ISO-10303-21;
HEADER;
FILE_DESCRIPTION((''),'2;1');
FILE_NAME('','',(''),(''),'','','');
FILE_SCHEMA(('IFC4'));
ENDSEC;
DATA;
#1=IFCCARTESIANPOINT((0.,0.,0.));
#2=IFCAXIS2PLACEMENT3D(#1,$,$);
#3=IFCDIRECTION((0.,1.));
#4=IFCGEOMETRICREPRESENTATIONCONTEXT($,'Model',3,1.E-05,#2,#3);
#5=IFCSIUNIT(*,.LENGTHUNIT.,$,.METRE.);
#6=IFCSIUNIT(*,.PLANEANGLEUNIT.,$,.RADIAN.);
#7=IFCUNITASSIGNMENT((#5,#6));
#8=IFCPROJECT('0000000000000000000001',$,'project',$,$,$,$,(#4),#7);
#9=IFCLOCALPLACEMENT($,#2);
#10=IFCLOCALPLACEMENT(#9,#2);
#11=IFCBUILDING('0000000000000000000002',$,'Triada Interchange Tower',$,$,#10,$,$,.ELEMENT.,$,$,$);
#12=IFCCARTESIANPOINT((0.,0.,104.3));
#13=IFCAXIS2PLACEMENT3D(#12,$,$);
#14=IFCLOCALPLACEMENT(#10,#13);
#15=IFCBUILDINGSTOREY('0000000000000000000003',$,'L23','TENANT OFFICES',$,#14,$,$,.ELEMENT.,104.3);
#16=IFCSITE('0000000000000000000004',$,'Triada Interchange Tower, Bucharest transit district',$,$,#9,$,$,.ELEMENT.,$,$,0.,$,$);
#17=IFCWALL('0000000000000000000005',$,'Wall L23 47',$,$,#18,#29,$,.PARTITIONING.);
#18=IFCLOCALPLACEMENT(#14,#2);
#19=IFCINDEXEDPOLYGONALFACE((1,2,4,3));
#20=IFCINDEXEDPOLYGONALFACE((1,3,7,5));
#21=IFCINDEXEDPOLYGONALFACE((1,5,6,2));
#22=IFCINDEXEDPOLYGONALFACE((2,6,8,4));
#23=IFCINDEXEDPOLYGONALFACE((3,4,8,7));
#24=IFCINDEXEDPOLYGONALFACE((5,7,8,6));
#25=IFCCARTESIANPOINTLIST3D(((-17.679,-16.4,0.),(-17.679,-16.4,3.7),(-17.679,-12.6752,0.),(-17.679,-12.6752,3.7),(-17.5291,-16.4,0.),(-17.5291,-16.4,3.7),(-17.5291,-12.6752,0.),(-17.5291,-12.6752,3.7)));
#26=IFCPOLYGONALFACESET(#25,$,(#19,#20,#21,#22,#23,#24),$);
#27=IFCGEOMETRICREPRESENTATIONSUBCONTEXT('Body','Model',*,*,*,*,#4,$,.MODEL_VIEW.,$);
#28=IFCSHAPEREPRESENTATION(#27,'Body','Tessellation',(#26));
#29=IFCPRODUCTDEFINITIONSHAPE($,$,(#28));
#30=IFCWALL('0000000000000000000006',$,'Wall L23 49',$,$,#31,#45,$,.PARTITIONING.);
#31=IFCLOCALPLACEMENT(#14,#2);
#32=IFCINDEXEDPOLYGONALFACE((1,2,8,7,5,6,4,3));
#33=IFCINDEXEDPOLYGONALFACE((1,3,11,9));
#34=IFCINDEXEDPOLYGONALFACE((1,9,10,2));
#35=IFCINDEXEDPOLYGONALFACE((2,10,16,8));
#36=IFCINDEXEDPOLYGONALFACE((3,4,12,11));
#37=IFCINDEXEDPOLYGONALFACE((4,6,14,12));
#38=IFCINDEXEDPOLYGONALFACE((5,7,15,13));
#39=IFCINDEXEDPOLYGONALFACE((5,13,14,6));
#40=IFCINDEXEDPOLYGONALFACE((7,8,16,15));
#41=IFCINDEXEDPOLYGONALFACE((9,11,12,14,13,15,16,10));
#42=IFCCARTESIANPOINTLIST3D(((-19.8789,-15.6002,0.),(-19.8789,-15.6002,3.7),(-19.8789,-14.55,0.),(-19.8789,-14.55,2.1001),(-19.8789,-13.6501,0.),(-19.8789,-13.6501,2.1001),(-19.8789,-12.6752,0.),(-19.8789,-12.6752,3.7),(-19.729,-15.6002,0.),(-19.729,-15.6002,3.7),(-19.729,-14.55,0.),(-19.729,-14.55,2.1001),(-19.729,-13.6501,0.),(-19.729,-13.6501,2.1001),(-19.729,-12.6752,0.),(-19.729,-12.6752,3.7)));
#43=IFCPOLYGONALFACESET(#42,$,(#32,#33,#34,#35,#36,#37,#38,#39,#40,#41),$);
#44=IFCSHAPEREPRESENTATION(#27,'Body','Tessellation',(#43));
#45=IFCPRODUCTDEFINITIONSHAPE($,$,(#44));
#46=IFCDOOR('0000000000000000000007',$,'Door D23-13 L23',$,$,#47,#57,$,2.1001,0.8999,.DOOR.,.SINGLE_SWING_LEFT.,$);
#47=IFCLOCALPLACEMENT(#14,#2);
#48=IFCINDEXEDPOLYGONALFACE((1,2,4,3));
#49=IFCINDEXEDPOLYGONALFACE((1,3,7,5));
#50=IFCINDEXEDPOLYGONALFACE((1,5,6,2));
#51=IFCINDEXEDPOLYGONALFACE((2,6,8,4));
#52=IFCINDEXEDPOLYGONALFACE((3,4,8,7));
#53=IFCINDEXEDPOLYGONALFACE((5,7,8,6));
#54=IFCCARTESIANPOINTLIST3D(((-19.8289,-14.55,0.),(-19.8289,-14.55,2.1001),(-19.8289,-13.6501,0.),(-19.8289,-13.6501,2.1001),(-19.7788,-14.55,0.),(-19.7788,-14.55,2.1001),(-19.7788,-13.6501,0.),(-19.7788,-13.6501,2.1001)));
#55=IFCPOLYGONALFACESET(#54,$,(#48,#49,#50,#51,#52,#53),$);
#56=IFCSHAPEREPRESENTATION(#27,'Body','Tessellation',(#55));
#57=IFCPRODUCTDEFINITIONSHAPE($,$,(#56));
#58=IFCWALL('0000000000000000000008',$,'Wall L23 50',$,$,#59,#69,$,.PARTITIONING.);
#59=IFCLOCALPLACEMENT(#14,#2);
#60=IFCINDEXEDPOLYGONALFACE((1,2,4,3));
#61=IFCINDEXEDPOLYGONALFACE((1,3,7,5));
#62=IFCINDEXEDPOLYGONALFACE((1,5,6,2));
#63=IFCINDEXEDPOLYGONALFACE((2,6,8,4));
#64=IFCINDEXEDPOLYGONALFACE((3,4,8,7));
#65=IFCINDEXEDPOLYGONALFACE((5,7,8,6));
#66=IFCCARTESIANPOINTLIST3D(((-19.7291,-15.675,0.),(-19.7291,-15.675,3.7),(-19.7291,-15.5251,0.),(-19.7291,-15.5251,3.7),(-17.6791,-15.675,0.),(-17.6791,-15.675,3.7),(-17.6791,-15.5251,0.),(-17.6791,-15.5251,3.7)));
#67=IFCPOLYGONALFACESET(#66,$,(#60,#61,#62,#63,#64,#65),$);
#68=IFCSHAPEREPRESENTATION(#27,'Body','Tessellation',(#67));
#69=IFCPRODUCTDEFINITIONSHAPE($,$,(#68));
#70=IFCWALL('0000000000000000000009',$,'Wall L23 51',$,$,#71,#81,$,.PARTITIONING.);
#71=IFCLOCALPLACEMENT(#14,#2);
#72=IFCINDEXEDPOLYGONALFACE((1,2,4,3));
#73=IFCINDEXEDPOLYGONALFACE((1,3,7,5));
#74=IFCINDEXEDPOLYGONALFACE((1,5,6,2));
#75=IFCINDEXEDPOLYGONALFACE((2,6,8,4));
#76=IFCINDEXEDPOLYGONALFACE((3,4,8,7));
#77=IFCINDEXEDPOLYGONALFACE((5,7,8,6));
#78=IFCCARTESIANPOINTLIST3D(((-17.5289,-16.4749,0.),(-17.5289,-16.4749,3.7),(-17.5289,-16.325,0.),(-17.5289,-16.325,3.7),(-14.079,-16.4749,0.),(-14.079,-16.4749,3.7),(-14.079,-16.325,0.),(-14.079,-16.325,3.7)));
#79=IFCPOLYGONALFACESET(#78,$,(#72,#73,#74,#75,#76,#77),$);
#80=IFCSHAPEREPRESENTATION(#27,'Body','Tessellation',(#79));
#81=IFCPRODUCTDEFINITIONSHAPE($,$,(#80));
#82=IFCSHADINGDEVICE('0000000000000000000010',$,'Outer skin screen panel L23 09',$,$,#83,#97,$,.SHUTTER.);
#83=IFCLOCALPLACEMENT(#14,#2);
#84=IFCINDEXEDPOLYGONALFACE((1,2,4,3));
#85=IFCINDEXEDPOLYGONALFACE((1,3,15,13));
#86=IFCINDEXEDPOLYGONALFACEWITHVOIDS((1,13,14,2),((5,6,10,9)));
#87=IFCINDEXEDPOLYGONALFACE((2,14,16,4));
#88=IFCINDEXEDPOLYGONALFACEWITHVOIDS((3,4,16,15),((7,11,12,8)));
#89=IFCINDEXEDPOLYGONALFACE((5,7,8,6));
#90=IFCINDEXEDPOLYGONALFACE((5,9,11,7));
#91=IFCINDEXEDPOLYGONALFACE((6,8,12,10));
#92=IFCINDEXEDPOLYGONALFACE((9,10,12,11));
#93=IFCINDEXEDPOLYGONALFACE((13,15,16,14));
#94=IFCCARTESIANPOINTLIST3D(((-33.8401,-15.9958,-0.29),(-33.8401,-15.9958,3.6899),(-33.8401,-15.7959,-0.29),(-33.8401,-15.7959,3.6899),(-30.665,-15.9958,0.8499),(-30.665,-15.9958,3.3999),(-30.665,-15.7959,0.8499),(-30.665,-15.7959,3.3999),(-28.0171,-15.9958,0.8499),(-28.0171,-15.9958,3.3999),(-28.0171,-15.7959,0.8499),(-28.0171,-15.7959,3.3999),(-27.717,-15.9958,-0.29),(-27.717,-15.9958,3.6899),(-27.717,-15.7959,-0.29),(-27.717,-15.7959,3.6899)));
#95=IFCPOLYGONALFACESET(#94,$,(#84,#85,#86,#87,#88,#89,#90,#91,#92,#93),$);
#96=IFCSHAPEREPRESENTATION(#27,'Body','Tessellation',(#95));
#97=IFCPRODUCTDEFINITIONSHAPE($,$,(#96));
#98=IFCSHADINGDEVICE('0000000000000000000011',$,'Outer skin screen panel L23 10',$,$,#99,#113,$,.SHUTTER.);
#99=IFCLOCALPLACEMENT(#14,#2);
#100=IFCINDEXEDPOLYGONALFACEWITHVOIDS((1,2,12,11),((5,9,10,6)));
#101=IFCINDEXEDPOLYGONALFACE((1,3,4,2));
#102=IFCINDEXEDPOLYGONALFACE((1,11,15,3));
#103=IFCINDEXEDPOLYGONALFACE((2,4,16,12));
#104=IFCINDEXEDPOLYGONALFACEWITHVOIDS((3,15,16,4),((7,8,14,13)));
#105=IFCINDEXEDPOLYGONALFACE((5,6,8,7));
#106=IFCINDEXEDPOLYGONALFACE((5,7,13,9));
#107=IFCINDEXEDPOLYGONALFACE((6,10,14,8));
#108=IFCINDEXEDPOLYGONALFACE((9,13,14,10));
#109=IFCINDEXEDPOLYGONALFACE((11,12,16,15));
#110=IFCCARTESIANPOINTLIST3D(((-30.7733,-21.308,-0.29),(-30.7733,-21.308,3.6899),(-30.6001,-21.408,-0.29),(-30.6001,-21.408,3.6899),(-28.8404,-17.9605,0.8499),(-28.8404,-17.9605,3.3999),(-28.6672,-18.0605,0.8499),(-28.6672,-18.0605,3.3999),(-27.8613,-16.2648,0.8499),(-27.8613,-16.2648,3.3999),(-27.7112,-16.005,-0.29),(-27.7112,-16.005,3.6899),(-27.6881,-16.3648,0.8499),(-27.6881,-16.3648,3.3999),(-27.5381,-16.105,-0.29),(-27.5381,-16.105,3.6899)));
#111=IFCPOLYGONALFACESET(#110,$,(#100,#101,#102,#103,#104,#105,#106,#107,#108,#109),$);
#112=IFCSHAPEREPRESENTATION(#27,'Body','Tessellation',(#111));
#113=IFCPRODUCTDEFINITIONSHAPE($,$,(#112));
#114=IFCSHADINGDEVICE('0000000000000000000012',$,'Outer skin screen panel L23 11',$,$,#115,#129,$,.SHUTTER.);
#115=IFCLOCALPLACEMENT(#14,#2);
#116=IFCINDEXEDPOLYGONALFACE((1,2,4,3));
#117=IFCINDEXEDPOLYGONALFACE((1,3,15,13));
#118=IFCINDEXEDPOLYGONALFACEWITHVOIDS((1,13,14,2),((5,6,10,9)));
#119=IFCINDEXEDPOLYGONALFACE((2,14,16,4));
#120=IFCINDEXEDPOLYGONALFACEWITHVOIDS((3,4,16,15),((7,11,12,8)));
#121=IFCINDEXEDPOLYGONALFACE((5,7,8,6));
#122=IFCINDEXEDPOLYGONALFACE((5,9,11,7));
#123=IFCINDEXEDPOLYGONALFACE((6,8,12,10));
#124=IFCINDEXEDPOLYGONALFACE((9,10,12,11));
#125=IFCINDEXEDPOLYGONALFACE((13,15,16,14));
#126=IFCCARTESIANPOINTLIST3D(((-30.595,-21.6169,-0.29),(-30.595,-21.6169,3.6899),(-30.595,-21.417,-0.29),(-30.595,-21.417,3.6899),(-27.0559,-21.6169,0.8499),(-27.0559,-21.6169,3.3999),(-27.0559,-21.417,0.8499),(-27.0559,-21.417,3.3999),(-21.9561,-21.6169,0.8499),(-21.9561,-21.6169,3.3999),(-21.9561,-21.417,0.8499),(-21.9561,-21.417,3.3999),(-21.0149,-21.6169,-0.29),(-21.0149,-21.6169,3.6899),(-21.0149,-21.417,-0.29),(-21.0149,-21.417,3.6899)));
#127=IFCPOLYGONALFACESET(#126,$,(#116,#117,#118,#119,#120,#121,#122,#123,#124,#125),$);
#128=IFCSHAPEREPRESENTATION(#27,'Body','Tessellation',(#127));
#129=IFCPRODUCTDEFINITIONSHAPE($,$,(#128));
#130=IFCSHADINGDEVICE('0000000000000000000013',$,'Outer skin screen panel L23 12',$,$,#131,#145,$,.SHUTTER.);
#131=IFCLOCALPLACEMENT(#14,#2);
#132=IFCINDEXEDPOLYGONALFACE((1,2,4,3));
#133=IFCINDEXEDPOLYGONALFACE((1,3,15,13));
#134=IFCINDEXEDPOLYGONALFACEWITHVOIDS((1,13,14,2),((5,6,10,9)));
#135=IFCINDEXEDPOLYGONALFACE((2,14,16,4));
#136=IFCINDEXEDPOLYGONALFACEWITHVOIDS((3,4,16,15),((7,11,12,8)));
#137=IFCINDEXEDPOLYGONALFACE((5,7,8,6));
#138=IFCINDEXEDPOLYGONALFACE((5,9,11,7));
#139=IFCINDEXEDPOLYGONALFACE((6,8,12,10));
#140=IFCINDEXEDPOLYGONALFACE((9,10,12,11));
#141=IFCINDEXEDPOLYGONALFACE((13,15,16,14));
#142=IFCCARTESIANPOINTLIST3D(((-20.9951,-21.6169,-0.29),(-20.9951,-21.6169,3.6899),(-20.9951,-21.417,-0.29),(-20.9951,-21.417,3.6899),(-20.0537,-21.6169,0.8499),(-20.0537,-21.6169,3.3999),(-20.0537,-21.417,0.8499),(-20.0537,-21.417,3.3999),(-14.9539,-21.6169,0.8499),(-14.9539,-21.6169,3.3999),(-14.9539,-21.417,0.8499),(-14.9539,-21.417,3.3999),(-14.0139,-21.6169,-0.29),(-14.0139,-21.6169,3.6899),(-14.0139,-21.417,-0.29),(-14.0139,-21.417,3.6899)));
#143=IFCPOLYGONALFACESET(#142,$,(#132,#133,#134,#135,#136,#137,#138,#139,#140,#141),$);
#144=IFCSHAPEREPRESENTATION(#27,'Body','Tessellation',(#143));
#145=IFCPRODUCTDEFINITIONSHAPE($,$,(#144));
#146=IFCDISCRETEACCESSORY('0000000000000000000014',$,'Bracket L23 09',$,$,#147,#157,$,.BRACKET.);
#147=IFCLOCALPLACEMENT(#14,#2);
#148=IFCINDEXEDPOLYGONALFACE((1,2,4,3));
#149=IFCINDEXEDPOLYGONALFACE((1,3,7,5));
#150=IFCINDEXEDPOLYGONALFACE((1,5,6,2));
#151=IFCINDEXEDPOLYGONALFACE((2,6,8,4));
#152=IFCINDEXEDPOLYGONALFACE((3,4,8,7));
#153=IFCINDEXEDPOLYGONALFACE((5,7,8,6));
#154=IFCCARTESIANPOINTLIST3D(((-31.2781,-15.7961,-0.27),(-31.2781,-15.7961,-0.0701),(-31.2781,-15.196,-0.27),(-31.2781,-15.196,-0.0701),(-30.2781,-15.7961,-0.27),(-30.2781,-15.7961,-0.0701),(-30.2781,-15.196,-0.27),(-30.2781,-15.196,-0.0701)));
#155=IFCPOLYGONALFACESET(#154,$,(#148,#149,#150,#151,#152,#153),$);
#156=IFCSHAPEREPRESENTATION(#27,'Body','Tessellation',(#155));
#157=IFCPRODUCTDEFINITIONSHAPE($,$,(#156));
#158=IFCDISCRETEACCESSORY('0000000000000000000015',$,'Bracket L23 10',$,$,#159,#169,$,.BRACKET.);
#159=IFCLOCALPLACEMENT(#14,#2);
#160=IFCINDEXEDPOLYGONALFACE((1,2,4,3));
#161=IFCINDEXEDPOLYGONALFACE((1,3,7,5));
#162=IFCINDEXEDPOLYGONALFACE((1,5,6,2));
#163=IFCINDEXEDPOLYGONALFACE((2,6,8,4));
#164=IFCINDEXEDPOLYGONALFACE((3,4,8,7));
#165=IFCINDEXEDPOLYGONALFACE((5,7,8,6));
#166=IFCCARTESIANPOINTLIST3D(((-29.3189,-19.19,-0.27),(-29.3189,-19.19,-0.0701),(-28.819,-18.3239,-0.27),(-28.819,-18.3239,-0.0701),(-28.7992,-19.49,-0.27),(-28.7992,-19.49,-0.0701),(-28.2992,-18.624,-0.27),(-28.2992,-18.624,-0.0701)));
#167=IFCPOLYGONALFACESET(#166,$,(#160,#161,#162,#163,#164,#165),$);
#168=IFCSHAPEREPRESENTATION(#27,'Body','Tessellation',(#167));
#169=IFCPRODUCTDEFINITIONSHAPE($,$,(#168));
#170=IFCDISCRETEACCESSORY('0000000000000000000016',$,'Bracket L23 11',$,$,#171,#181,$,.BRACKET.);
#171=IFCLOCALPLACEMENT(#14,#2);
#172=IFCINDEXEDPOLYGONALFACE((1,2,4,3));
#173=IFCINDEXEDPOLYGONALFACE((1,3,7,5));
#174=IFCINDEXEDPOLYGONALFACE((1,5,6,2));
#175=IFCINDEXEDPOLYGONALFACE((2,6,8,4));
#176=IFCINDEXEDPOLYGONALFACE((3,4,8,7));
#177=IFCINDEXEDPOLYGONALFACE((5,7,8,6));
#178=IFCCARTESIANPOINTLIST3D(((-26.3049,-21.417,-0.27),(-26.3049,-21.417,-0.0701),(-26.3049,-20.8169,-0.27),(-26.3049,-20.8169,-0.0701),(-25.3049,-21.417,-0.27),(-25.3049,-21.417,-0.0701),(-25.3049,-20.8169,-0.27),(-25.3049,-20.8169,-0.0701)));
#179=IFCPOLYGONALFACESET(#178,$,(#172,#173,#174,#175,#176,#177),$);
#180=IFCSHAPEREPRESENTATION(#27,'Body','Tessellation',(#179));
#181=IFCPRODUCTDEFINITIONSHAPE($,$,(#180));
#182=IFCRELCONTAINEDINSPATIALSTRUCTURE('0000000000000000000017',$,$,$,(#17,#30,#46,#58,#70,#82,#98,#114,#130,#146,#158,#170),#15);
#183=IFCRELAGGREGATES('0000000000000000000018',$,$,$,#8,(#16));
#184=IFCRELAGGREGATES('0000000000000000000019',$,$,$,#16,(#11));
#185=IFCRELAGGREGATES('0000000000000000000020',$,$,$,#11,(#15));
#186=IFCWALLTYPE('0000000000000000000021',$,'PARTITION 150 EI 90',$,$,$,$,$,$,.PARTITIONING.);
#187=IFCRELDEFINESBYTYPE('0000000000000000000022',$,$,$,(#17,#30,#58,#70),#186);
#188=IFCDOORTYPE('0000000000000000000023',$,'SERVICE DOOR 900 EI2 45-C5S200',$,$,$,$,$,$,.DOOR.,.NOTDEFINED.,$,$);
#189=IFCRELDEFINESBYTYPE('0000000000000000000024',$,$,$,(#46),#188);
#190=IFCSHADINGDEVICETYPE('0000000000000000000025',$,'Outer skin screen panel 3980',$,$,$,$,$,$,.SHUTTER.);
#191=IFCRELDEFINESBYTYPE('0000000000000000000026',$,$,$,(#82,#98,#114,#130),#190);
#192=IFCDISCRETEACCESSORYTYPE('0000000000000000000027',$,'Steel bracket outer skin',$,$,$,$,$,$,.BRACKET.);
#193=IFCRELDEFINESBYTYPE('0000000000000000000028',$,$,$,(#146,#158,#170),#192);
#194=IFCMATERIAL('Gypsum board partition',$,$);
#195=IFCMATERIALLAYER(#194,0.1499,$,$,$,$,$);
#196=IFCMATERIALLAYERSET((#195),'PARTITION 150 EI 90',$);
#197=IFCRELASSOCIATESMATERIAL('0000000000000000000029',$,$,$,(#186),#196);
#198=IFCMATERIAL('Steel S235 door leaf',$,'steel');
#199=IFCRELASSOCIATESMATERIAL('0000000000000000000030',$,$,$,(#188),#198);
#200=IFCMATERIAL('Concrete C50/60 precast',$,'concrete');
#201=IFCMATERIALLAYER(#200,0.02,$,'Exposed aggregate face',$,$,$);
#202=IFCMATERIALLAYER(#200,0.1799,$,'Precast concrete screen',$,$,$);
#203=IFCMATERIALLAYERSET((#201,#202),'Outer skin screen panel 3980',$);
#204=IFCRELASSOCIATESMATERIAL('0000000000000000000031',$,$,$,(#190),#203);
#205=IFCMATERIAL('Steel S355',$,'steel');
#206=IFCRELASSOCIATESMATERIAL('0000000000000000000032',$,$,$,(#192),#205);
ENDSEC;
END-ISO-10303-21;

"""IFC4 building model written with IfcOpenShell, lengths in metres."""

from ifc_helpers import new_model, si_unit, direction, frame, frame_2d, origin, origin_2d, place, context, subcontext, project, spatial, polyline, rectangle, outline, extrude, material, layer, layer_set, type_object, element, fill, save


model = new_model("IFC4")

# Units and contexts
model_context = context("Model", 3, precision=1e-05, world=origin(), true_north=direction((0.0, 1.0)))
body_context = subcontext(model_context, "Body", "Model", "MODEL_VIEW")
ifc_project = project(units=[si_unit("LENGTHUNIT", "METRE"), si_unit("PLANEANGLEUNIT", "RADIAN")], contexts=[model_context])

# Site, building, storey
site_placement = place(None, origin())
site = spatial("IfcSite", under=ifc_project, at=site_placement, Name="Triada Interchange Tower, Bucharest transit district", CompositionType="ELEMENT", RefElevation=0.0)
building_placement = place(site_placement, origin())
building = spatial("IfcBuilding", under=site, at=building_placement, Name="Triada Interchange Tower", CompositionType="ELEMENT")
storey_placement = place(building_placement, frame((0.0, 0.0, 104.3)))
storey = spatial("IfcBuildingStorey", under=building, at=storey_placement, Name="L23", Description="TENANT OFFICES", CompositionType="ELEMENT", Elevation=104.3)

# Wall
ifc_material_1 = material(Name="Gypsum board partition")
ifc_layer_1 = layer(ifc_material_1, 0.1499)
ifc_layer_set_1 = layer_set([ifc_layer_1], Name="PARTITION 150 EI 90")
wall_type_1 = type_object("IfcWallType", Name="PARTITION 150 EI 90", PredefinedType="PARTITIONING", material=ifc_layer_set_1)
wall_1_placement = place(storey_placement, frame((-17.604, -16.3999, 0.0), z_axis=(0.0, 0.0, 1.0), x_axis=(0.0, 1.0, 0.0)))
element("IfcWall", 1, at=wall_1_placement, inside=storey, type_object=wall_type_1, Name="Wall L23 47", PredefinedType="PARTITIONING", context=body_context, shape_type="SweptSolid", body=[
    extrude(rectangle(XDim=3.7249, YDim=0.1499, at=frame_2d((1.8623, 0.0))), origin(), (0.0, 0.0, 1.0), 3.7),
])

# Wall, opening, door
wall_2_placement = place(storey_placement, frame((-19.804, -15.6001, 0.0), z_axis=(0.0, 0.0, 1.0), x_axis=(0.0, 1.0, 0.0)))
wall_2 = element("IfcWall", 2, at=wall_2_placement, inside=storey, type_object=wall_type_1, Name="Wall L23 49", PredefinedType="PARTITIONING", context=body_context, shape_type="SweptSolid", body=[
    extrude(rectangle(XDim=2.925, YDim=0.1499, at=frame_2d((1.4624, 0.0))), origin(), (0.0, 0.0, 1.0), 3.7),
])
opening_1_placement = place(wall_2_placement, frame((1.05, 0.0, 0.0)))
opening_1 = element("IfcOpeningElement", 3, at=opening_1_placement, cuts=wall_2, PredefinedType="OPENING", context=body_context, shape_type="SweptSolid", body=[
    extrude(rectangle(XDim=0.8999, YDim=2.1001, at=frame_2d((0.45, 1.05))), frame((0.0, 0.085, 0.0), z_axis=(0.0, -1.0, 0.0), x_axis=(1.0, 0.0, 0.0)), (0.0, 0.0, 1.0), 0.1699),
])
ifc_material_2 = material(Name="Steel S235 door leaf", Category="steel")
door_type = type_object("IfcDoorType", Name="SERVICE DOOR 900 EI2 45-C5S200", OperationType="NOTDEFINED", PredefinedType="DOOR", material=ifc_material_2)
door_placement = place(opening_1_placement, origin())
door = element("IfcDoor", 4, at=door_placement, inside=storey, type_object=door_type, Name="Door D23-13 L23", OperationType="SINGLE_SWING_LEFT", OverallHeight=2.1001, OverallWidth=0.8999, PredefinedType="DOOR", context=body_context, shape_type="SweptSolid", body=[
    extrude(rectangle(XDim=0.8999, YDim=2.1001, at=frame_2d((0.45, 1.05))), frame((0.0, 0.0249, 0.0), z_axis=(0.0, -1.0, 0.0), x_axis=(1.0, 0.0, 0.0)), (0.0, 0.0, 1.0), 0.05),
])
fill(opening_1, door)

# Walls
wall_3_placement = place(storey_placement, frame((-19.729, -15.6001, 0.0), z_axis=(0.0, 0.0, 1.0), x_axis=(1.0, 0.0, 0.0)))
element("IfcWall", 5, at=wall_3_placement, inside=storey, type_object=wall_type_1, Name="Wall L23 50", PredefinedType="PARTITIONING", context=body_context, shape_type="SweptSolid", body=[
    extrude(rectangle(XDim=2.05, YDim=0.1499, at=frame_2d((1.0249, 0.0))), origin(), (0.0, 0.0, 1.0), 3.7),
])
wall_4_placement = place(storey_placement, frame((-17.5291, -16.3999, 0.0), z_axis=(0.0, 0.0, 1.0), x_axis=(1.0, 0.0, 0.0)))
element("IfcWall", 6, at=wall_4_placement, inside=storey, type_object=wall_type_1, Name="Wall L23 51", PredefinedType="PARTITIONING", context=body_context, shape_type="SweptSolid", body=[
    extrude(rectangle(XDim=3.45, YDim=0.1499, at=frame_2d((1.7251, 0.0))), origin(), (0.0, 0.0, 1.0), 3.7),
])

# Shading devices
ifc_material_3 = material(Name="Concrete C50/60 precast", Category="concrete")
ifc_layer_2 = layer(ifc_material_3, 0.02, Name="Exposed aggregate face")
ifc_layer_3 = layer(ifc_material_3, 0.1799, Name="Precast concrete screen")
ifc_layer_set_2 = layer_set([ifc_layer_2, ifc_layer_3], Name="Outer skin screen panel 3980")
shading_device_type = type_object("IfcShadingDeviceType", Name="Outer skin screen panel 3980", PredefinedType="SHUTTER", material=ifc_layer_set_2)
shading_device_1_placement = place(storey_placement, frame((-33.8401, -15.7959, -0.29), z_axis=(0.0, 0.0, 1.0), x_axis=(1.0, 0.0, 0.0)))
element("IfcShadingDevice", 7, at=shading_device_1_placement, inside=storey, type_object=shading_device_type, Name="Outer skin screen panel L23 09", PredefinedType="SHUTTER", context=body_context, shape_type="SweptSolid", body=[
    extrude(outline(polyline([(0.0, 0.0), (6.123, 0.0), (6.123, 3.98), (0.0, 3.98), (0.0, 0.0)]), holes=[polyline([(3.175, 1.1399), (3.175, 3.6899), (5.823, 3.6899), (5.823, 1.1399), (3.175, 1.1399)])]), frame((0.0, 0.0, 0.0), z_axis=(0.0, -1.0, 0.0), x_axis=(1.0, 0.0, 0.0)), (0.0, 0.0, 1.0), 0.2),
])
shading_device_2_placement = place(storey_placement, frame((-27.5381, -16.105, -0.29), z_axis=(0.0, 0.0, 1.0), x_axis=(-0.500041, -0.866002, 0.0)))
element("IfcShadingDevice", 8, at=shading_device_2_placement, inside=storey, type_object=shading_device_type, Name="Outer skin screen panel L23 10", PredefinedType="SHUTTER", context=body_context, shape_type="SweptSolid", body=[
    extrude(outline(polyline([(0.0, 0.0), (6.1235, 0.0), (6.1235, 3.98), (0.0, 3.98), (0.0, 0.0)]), holes=[polyline([(0.3, 1.1399), (0.3, 3.6899), (2.2581, 3.6899), (2.2581, 1.1399), (0.3, 1.1399)])]), frame((0.0, 0.0, 0.0), z_axis=(0.0, -1.0, 0.0), x_axis=(1.0, 0.0, 0.0)), (0.0, 0.0, 1.0), 0.2),
])
shading_device_3_placement = place(storey_placement, frame((-30.595, -21.417, -0.29), z_axis=(0.0, 0.0, 1.0), x_axis=(1.0, 0.0, 0.0)))
element("IfcShadingDevice", 9, at=shading_device_3_placement, inside=storey, type_object=shading_device_type, Name="Outer skin screen panel L23 11", PredefinedType="SHUTTER", context=body_context, shape_type="SweptSolid", body=[
    extrude(outline(polyline([(0.0, 0.0), (9.5801, 0.0), (9.5801, 3.98), (0.0, 3.98), (0.0, 0.0)]), holes=[polyline([(3.5391, 1.1399), (3.5391, 3.6899), (8.6389, 3.6899), (8.6389, 1.1399), (3.5391, 1.1399)])]), frame((0.0, 0.0, 0.0), z_axis=(0.0, -1.0, 0.0), x_axis=(1.0, 0.0, 0.0)), (0.0, 0.0, 1.0), 0.2),
])
shading_device_4_placement = place(storey_placement, frame((-20.9951, -21.417, -0.29), z_axis=(0.0, 0.0, 1.0), x_axis=(1.0, 0.0, 0.0)))
element("IfcShadingDevice", 10, at=shading_device_4_placement, inside=storey, type_object=shading_device_type, Name="Outer skin screen panel L23 12", PredefinedType="SHUTTER", context=body_context, shape_type="SweptSolid", body=[
    extrude(outline(polyline([(0.0, 0.0), (6.9812, 0.0), (6.9812, 3.98), (0.0, 3.98), (0.0, 0.0)]), holes=[polyline([(0.9414, 1.1399), (0.9414, 3.6899), (6.0413, 3.6899), (6.0413, 1.1399), (0.9414, 1.1399)])]), frame((0.0, 0.0, 0.0), z_axis=(0.0, -1.0, 0.0), x_axis=(1.0, 0.0, 0.0)), (0.0, 0.0, 1.0), 0.2),
])

# Discrete accessories
ifc_material_4 = material(Name="Steel S355", Category="steel")
discrete_accessory_type = type_object("IfcDiscreteAccessoryType", Name="Steel bracket outer skin", PredefinedType="BRACKET", material=ifc_material_4)
for number, where, z_axis, x_axis, name in (
    (11, (-30.7781, -15.4961, -0.27), (0.0, 0.0, 1.0), (0.0, -1.0, 0.0), "Bracket L23 09"),
    (12, (-28.8091, -18.907, -0.27), (0.0, 0.0, 1.0), (-0.866044, 0.499967, 0.0), "Bracket L23 10"),
    (13, (-25.8049, -21.1169, -0.27), (0.0, 0.0, 1.0), (0.0, -1.0, 0.0), "Bracket L23 11"),
):
    element("IfcDiscreteAccessory", number, at=place(storey_placement, frame(where, z_axis=z_axis, x_axis=x_axis)), inside=storey, type_object=discrete_accessory_type, Name=name, PredefinedType="BRACKET", context=body_context, shape_type="SweptSolid", body=[
        extrude(rectangle(XDim=0.6001, YDim=1.0, at=origin_2d()), origin(), (0.0, 0.0, 1.0), 0.2),
    ])

save(model, "model.ifc")
